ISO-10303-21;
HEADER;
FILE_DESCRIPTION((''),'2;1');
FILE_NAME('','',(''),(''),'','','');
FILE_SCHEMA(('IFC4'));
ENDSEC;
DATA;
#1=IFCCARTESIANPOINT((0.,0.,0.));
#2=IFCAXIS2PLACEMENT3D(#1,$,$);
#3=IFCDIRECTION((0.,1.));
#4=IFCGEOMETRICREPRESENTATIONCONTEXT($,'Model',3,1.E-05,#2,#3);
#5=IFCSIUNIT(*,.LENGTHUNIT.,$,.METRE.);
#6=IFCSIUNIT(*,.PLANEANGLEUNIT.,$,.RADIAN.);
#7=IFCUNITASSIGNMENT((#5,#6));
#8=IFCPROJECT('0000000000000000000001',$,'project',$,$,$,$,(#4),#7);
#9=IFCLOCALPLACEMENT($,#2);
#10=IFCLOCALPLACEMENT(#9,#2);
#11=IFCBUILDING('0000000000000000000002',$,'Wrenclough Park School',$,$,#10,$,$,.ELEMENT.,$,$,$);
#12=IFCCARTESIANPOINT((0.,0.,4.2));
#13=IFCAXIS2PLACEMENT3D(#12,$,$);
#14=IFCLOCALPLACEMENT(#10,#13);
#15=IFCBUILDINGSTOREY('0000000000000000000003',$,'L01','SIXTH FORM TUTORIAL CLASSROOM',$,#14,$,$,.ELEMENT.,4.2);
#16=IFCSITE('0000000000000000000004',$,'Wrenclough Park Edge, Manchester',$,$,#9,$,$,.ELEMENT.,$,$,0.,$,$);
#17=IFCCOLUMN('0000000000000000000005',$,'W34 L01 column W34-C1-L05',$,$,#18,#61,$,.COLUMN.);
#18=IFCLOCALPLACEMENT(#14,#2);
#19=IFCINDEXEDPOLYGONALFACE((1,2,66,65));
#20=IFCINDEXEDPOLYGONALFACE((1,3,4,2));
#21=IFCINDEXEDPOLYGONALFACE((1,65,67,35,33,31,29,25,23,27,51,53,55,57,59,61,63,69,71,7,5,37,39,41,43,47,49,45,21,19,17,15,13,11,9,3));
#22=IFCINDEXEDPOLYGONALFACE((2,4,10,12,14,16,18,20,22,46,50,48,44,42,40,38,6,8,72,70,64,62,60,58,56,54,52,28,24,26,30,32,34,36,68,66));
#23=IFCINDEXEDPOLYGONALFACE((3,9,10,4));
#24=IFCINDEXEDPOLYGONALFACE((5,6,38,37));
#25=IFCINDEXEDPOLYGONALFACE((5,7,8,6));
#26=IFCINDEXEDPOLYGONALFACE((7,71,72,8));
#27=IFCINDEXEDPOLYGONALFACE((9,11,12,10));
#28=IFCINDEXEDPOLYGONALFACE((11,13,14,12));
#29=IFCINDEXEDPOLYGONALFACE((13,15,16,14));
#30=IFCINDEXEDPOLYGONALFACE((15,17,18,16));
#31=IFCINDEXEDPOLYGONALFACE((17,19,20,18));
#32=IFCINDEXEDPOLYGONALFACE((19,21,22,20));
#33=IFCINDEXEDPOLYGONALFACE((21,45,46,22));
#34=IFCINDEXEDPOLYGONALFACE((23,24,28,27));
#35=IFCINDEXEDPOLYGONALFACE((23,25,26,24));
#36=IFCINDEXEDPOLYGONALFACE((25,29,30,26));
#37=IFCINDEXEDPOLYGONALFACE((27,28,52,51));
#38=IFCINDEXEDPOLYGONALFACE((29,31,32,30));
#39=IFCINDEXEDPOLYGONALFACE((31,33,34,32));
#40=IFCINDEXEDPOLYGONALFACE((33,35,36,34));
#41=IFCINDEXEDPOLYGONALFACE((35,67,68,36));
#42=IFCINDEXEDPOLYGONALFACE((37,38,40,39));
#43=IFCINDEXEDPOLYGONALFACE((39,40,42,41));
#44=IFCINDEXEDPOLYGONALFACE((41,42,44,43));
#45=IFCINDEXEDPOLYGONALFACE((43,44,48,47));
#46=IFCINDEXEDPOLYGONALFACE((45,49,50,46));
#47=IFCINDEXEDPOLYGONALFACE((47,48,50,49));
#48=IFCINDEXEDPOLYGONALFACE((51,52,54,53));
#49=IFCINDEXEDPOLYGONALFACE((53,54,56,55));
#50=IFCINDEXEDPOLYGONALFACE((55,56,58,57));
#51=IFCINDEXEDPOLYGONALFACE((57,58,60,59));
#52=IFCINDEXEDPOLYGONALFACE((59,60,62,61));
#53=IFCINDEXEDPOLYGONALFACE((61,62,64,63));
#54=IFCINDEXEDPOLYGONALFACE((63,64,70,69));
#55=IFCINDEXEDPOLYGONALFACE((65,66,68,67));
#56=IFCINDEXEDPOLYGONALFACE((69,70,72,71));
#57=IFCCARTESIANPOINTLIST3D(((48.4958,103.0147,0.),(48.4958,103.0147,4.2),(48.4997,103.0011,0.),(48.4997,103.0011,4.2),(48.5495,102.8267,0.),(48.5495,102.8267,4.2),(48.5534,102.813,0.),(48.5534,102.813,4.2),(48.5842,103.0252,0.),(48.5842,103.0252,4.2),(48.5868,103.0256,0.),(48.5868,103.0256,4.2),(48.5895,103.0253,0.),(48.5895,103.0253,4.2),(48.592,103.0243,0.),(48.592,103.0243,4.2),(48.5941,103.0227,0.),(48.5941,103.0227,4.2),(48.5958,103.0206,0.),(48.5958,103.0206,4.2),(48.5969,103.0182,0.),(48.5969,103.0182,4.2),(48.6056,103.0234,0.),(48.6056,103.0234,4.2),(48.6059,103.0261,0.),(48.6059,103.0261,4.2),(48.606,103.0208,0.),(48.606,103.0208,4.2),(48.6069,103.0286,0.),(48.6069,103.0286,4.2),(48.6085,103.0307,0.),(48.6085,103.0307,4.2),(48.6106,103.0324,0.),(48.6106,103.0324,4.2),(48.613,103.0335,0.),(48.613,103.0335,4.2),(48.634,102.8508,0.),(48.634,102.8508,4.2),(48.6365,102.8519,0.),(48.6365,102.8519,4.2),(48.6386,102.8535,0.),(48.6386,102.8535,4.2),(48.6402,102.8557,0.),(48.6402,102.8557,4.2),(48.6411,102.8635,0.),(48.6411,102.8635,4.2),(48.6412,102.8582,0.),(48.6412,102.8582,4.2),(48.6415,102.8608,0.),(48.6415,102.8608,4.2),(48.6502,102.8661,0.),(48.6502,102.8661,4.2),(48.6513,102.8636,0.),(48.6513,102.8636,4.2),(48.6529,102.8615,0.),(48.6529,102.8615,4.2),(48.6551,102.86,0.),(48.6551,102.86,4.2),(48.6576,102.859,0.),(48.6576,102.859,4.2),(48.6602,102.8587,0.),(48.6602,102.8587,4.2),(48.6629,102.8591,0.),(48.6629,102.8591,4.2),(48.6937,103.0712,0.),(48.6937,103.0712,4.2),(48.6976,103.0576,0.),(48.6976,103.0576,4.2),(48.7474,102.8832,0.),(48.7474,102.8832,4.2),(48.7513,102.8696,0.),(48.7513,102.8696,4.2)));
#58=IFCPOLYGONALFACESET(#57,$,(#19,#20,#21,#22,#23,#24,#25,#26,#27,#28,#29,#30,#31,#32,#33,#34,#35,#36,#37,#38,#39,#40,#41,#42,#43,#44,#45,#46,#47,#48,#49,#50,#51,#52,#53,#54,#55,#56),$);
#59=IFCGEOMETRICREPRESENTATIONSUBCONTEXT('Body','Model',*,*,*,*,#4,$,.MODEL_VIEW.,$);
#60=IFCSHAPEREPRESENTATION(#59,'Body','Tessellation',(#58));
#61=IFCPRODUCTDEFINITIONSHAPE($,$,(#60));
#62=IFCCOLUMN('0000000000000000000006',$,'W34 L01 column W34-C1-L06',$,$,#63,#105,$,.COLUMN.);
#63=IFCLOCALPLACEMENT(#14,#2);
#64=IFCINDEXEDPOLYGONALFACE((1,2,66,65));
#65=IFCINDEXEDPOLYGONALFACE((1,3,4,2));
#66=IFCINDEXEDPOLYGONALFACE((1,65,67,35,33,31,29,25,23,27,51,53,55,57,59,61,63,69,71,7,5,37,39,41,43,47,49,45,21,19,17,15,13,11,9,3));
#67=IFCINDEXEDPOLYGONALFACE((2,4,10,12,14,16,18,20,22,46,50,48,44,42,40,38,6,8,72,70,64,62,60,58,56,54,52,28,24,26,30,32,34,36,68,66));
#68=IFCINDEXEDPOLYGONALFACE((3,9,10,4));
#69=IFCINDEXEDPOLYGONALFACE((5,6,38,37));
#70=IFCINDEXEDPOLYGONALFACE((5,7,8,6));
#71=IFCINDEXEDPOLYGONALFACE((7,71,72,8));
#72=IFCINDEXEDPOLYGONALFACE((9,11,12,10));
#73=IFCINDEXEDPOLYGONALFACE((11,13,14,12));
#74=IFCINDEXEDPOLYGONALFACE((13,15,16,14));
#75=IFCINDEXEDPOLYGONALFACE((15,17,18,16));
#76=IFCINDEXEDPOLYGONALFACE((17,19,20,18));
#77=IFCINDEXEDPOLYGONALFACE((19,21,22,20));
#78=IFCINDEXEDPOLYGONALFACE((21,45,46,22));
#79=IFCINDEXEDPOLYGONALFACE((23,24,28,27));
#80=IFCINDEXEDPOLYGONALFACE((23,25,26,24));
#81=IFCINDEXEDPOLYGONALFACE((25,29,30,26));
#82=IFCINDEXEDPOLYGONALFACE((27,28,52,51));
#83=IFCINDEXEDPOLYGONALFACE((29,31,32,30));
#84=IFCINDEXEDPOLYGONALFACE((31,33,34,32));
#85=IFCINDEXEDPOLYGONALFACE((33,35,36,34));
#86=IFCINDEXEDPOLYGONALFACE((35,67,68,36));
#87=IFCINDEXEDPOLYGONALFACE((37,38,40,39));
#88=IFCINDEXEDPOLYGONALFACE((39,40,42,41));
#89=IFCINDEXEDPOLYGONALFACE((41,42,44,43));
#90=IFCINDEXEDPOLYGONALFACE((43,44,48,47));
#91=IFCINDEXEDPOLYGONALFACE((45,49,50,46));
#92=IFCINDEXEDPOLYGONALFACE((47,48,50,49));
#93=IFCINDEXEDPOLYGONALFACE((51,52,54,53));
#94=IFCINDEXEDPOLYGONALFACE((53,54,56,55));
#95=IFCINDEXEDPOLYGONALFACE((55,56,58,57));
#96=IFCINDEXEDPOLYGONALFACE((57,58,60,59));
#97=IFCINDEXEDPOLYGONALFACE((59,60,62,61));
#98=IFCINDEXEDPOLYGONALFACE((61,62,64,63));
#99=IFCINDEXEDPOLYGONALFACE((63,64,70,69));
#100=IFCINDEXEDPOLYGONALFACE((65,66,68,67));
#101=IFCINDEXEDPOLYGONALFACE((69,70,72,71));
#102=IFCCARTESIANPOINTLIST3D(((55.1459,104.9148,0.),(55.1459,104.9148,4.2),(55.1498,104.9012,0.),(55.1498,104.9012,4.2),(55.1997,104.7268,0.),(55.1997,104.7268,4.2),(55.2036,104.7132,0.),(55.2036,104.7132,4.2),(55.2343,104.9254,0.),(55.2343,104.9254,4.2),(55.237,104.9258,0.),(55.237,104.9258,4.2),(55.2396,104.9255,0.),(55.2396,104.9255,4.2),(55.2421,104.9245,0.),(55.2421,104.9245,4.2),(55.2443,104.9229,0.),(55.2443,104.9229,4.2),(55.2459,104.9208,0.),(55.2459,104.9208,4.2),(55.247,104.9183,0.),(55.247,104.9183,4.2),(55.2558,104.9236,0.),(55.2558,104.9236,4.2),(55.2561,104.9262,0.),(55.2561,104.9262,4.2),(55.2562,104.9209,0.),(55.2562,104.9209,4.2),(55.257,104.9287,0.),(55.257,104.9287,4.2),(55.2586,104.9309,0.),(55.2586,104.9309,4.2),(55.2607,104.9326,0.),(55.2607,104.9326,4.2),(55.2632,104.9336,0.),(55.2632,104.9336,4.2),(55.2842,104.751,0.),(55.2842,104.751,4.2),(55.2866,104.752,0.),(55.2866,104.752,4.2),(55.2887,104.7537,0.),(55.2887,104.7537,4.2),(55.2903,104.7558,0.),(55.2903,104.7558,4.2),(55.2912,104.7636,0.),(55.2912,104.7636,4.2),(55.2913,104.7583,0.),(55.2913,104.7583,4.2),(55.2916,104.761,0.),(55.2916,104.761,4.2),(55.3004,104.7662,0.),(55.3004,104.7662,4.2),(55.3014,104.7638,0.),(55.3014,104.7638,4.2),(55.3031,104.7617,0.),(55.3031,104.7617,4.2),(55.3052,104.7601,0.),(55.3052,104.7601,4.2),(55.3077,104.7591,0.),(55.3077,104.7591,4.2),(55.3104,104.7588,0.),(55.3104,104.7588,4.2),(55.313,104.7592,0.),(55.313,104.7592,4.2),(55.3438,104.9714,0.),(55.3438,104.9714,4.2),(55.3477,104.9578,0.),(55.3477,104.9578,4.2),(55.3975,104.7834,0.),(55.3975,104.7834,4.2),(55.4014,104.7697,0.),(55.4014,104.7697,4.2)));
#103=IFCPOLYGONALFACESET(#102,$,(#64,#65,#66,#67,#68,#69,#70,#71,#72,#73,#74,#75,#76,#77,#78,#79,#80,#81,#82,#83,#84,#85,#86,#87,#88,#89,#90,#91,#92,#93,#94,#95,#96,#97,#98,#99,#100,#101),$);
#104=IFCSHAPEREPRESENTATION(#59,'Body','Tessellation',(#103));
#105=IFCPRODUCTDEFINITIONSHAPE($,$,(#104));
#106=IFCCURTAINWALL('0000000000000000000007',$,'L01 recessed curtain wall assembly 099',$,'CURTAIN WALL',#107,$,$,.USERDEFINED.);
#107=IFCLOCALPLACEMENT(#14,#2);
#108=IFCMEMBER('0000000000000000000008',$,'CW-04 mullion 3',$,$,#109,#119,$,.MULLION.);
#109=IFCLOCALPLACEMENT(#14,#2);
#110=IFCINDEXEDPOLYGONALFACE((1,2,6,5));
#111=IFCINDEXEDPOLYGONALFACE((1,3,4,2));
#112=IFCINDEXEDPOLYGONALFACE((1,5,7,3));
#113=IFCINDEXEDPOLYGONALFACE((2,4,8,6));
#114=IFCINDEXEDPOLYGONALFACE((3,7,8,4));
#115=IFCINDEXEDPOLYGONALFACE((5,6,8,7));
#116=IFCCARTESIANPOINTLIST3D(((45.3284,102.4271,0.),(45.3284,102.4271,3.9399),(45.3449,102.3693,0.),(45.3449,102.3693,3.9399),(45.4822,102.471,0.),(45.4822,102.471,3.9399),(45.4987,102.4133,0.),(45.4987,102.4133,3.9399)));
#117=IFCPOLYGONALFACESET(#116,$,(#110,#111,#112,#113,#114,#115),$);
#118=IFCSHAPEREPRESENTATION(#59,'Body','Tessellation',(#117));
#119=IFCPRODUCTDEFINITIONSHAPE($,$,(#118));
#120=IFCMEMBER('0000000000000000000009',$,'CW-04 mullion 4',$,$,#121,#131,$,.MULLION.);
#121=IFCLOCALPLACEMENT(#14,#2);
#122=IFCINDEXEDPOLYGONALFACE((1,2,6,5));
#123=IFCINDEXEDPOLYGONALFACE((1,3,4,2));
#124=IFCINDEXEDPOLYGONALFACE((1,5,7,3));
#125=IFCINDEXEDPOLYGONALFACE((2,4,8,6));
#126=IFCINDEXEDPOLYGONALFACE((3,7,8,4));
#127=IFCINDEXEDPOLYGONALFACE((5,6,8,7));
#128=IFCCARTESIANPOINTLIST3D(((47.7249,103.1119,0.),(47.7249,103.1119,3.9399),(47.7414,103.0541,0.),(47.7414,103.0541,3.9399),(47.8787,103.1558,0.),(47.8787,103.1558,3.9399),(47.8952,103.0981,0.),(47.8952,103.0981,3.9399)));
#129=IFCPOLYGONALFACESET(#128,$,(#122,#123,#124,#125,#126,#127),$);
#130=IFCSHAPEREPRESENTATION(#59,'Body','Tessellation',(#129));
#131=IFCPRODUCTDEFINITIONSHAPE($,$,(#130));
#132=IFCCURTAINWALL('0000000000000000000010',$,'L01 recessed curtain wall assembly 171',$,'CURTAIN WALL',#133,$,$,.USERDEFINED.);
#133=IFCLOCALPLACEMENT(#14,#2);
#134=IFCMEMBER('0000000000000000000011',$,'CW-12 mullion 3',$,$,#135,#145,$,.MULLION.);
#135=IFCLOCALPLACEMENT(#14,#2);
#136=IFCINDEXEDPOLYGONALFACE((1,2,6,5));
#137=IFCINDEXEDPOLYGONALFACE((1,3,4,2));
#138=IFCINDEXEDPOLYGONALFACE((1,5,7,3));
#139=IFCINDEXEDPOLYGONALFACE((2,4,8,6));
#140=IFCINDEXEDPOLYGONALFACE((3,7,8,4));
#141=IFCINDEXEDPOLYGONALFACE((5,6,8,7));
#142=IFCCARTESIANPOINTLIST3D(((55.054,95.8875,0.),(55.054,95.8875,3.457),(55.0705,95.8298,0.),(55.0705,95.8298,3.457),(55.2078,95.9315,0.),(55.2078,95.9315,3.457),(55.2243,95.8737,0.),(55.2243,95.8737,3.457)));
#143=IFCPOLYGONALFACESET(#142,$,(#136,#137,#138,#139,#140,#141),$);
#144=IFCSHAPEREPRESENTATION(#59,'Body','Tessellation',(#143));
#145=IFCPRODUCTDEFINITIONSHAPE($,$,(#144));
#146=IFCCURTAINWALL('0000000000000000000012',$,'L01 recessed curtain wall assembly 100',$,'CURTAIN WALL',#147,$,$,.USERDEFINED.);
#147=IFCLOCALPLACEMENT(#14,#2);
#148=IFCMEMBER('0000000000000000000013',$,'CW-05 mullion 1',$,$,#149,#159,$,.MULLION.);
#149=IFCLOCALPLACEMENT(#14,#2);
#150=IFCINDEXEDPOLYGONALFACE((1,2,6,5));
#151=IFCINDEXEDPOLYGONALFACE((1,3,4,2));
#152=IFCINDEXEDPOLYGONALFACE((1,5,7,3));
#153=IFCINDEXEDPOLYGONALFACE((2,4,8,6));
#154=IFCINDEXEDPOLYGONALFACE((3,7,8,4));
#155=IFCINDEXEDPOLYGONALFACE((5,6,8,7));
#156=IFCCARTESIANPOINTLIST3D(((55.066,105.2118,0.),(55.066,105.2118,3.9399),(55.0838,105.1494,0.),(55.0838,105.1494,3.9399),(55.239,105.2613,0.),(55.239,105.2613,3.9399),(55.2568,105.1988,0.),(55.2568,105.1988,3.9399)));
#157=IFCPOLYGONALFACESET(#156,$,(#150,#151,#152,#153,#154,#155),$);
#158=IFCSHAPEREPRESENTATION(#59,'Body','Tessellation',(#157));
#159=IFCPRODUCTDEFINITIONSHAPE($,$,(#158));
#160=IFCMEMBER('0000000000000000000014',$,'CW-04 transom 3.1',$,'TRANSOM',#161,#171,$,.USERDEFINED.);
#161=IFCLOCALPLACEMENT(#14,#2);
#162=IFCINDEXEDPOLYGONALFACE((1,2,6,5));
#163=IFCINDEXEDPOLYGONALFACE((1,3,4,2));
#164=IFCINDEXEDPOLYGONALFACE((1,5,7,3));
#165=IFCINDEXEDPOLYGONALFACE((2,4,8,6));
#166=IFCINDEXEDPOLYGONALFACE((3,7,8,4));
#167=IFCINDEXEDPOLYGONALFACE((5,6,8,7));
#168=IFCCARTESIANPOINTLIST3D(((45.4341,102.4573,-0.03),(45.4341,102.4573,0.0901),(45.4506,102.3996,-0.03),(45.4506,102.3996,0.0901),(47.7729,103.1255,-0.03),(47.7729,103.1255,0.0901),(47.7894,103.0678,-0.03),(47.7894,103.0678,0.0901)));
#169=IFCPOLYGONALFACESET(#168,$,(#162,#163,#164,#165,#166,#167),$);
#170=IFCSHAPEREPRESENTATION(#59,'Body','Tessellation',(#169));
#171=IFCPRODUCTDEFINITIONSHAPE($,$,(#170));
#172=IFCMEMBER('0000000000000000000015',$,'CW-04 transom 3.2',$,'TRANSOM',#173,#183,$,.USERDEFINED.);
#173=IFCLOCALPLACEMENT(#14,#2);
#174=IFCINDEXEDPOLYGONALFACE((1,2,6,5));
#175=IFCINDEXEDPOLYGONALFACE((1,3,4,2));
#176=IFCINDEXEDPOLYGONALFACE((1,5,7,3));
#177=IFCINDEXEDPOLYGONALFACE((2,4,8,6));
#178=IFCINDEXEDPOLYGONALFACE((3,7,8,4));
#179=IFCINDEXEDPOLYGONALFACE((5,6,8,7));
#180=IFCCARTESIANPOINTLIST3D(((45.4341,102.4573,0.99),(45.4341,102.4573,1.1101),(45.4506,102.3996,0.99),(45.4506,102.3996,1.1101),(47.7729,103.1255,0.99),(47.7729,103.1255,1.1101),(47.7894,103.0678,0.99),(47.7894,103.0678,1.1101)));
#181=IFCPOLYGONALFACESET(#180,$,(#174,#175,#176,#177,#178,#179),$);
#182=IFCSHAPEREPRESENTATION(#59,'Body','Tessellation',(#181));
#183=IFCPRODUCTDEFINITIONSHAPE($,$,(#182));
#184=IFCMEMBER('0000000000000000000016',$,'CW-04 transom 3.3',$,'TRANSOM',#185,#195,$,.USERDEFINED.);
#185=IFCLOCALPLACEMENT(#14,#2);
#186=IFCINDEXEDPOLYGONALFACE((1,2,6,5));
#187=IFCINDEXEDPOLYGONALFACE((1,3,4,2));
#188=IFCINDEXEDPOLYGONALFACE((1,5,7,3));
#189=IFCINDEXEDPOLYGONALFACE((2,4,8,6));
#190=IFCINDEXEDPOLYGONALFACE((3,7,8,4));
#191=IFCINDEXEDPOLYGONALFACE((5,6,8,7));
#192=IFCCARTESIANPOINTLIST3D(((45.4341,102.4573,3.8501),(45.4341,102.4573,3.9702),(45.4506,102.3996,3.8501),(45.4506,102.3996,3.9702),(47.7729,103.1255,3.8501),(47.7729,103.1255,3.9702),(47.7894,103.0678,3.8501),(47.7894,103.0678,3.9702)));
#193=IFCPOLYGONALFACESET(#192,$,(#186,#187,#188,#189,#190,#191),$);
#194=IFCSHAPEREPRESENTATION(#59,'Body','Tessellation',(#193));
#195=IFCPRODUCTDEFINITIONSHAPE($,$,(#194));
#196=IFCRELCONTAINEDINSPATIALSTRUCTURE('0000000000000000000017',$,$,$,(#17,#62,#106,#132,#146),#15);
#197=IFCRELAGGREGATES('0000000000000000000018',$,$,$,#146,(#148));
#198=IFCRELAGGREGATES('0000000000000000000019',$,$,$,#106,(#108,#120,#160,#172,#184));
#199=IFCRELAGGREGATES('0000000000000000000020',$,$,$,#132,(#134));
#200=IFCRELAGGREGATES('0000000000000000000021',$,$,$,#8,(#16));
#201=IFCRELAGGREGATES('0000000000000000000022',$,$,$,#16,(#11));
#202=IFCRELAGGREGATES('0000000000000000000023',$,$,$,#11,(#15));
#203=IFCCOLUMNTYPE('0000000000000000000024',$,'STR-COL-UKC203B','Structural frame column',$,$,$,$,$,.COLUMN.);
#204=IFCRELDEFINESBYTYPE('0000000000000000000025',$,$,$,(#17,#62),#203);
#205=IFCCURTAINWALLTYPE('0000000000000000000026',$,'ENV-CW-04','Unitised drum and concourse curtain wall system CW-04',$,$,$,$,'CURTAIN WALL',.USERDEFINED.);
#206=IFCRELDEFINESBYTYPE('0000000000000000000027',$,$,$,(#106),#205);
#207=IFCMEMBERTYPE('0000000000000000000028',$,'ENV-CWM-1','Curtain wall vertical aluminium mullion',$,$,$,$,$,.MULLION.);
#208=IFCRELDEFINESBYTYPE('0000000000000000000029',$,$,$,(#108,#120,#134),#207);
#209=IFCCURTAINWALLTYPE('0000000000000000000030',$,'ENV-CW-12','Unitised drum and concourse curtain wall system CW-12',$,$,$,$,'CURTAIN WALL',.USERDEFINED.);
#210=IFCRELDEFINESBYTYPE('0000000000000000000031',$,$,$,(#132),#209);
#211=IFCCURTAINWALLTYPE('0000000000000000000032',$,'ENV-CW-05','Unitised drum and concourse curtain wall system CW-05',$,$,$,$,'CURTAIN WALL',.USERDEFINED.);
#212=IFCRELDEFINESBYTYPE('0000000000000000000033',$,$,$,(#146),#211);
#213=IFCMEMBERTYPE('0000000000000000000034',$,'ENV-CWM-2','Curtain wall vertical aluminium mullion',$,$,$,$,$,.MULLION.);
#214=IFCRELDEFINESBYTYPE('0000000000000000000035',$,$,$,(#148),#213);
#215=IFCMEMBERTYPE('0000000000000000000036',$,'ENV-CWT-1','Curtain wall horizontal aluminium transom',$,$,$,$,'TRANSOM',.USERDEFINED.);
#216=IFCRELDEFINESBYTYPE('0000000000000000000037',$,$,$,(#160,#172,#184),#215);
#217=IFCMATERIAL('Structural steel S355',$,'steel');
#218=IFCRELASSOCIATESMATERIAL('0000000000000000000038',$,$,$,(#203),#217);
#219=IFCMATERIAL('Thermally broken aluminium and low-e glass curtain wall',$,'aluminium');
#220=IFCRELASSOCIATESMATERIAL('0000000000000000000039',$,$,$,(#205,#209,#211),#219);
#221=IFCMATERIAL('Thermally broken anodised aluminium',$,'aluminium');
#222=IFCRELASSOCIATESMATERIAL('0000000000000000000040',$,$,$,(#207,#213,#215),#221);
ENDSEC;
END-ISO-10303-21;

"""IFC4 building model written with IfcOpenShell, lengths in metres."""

from ifc_helpers import new_model, si_unit, direction, frame, origin, origin_2d, place, context, subcontext, project, spatial, rectangle, i_section, extrude, material, material_profile, profile_set, type_object, element, aggregate, save


model = new_model("IFC4")

# Units and contexts
model_context = context("Model", 3, precision=1e-05, world=origin(), true_north=direction((0.0, 1.0)))
body_context = subcontext(model_context, "Body", "Model", "MODEL_VIEW")
ifc_project = project(units=[si_unit("LENGTHUNIT", "METRE"), si_unit("PLANEANGLEUNIT", "RADIAN")], contexts=[model_context])

# Site, building, storey
site_placement = place(None, origin())
site = spatial("IfcSite", under=ifc_project, at=site_placement, Name="Wrenclough Park Edge, Manchester", CompositionType="ELEMENT", RefElevation=0.0)
building_placement = place(site_placement, origin())
building = spatial("IfcBuilding", under=site, at=building_placement, Name="Wrenclough Park School", CompositionType="ELEMENT")
storey_placement = place(building_placement, frame((0.0, 0.0, 4.2)))
storey = spatial("IfcBuildingStorey", under=building, at=storey_placement, Name="L01", Description="SIXTH FORM TUTORIAL CLASSROOM", CompositionType="ELEMENT", Elevation=4.2)

# Columns
ifc_material_1 = material(Name="Structural steel S355", Category="steel")
ifc_material_profile_1 = material_profile(ifc_material_1, i_section(OverallWidth=0.2058, OverallDepth=0.2097, WebThickness=0.0095, FlangeThickness=0.0142, FilletRadius=0.0103, at=origin_2d()), Name="UKC 203x203x60")
ifc_profile_set_1 = profile_set([ifc_material_profile_1], Name="Structural steel S355")
column_type = type_object("IfcColumnType", Name="STR-COL-UKC203B", Description="Structural frame column", PredefinedType="COLUMN", material=ifc_profile_set_1)
for number, where, z_axis, x_axis, name in (
    (1, (48.6235, 102.9421, 0.0), (0.0, 0.0, 1.0), (0.961502, 0.274798, 0.0), "W34 L01 column W34-C1-L05"),
    (2, (55.2737, 104.8423, 0.0), (0.0, 0.0, 1.0), (0.961502, 0.274798, 0.0), "W34 L01 column W34-C1-L06"),
):
    element("IfcColumn", number, at=place(storey_placement, frame(where, z_axis=z_axis, x_axis=x_axis)), inside=storey, type_object=column_type, Name=name, PredefinedType="COLUMN", context=body_context, shape_type="SweptSolid", body=[
        extrude(i_section(OverallWidth=0.2058, OverallDepth=0.2097, WebThickness=0.0095, FlangeThickness=0.0142, FilletRadius=0.0103, at=origin_2d()), origin(), (0.0, 0.0, 1.0), 4.2),
    ])

# Curtain wall, members
ifc_material_2 = material(Name="Thermally broken aluminium and low-e glass curtain wall", Category="aluminium")
curtain_wall_type_1 = type_object("IfcCurtainWallType", Name="ENV-CW-04", Description="Unitised drum and concourse curtain wall system CW-04", ElementType="CURTAIN WALL", PredefinedType="USERDEFINED", material=ifc_material_2)
curtain_wall_1_placement = place(storey_placement, origin())
curtain_wall_1 = element("IfcCurtainWall", 3, at=curtain_wall_1_placement, inside=storey, type_object=curtain_wall_type_1, Name="L01 recessed curtain wall assembly 099", ObjectType="CURTAIN WALL", PredefinedType="USERDEFINED")
ifc_material_3 = material(Name="Thermally broken anodised aluminium", Category="aluminium")
ifc_material_profile_2 = material_profile(ifc_material_3, rectangle(XDim=0.0601, YDim=0.1599, at=origin_2d()), Name="AL MULLION 60x160")
ifc_profile_set_2 = profile_set([ifc_material_profile_2], Name="Thermally broken anodised aluminium")
member_type_1 = type_object("IfcMemberType", Name="ENV-CWM-1", Description="Curtain wall vertical aluminium mullion", PredefinedType="MULLION", material=ifc_profile_set_2)
member_1_placement = place(storey_placement, frame((45.4136, 102.4202, 0.0), z_axis=(0.0, 0.0, 1.0), x_axis=(-0.274711, 0.961527, 0.0)))
member_1 = element("IfcMember", 4, at=member_1_placement, type_object=member_type_1, Name="CW-04 mullion 3", PredefinedType="MULLION", context=body_context, shape_type="SweptSolid", body=[
    extrude(rectangle(XDim=0.0601, YDim=0.1599, at=origin_2d()), origin(), (0.0, 0.0, 1.0), 3.9399),
])
member_2_placement = place(storey_placement, frame((47.8101, 103.105, 0.0), z_axis=(0.0, 0.0, 1.0), x_axis=(-0.274711, 0.961527, 0.0)))
member_2 = element("IfcMember", 5, at=member_2_placement, type_object=member_type_1, Name="CW-04 mullion 4", PredefinedType="MULLION", context=body_context, shape_type="SweptSolid", body=[
    extrude(rectangle(XDim=0.0601, YDim=0.1599, at=origin_2d()), origin(), (0.0, 0.0, 1.0), 3.9399),
])

# Curtain walls, members
curtain_wall_type_2 = type_object("IfcCurtainWallType", Name="ENV-CW-12", Description="Unitised drum and concourse curtain wall system CW-12", ElementType="CURTAIN WALL", PredefinedType="USERDEFINED", material=ifc_material_2)
curtain_wall_2_placement = place(storey_placement, origin())
curtain_wall_2 = element("IfcCurtainWall", 6, at=curtain_wall_2_placement, inside=storey, type_object=curtain_wall_type_2, Name="L01 recessed curtain wall assembly 171", ObjectType="CURTAIN WALL", PredefinedType="USERDEFINED")
member_3_placement = place(storey_placement, frame((55.1392, 95.8806, 0.0), z_axis=(0.0, 0.0, 1.0), x_axis=(0.274723, -0.961523, 0.0)))
member_3 = element("IfcMember", 7, at=member_3_placement, type_object=member_type_1, Name="CW-12 mullion 3", PredefinedType="MULLION", context=body_context, shape_type="SweptSolid", body=[
    extrude(rectangle(XDim=0.0601, YDim=0.1599, at=origin_2d()), origin(), (0.0, 0.0, 1.0), 3.457),
])
curtain_wall_type_3 = type_object("IfcCurtainWallType", Name="ENV-CW-05", Description="Unitised drum and concourse curtain wall system CW-05", ElementType="CURTAIN WALL", PredefinedType="USERDEFINED", material=ifc_material_2)
curtain_wall_3_placement = place(storey_placement, origin())
curtain_wall_3 = element("IfcCurtainWall", 8, at=curtain_wall_3_placement, inside=storey, type_object=curtain_wall_type_3, Name="L01 recessed curtain wall assembly 100", ObjectType="CURTAIN WALL", PredefinedType="USERDEFINED")
ifc_material_profile_3 = material_profile(ifc_material_3, rectangle(XDim=0.0649, YDim=0.1799, at=origin_2d()), Name="AL MULLION 65x180")
ifc_profile_set_3 = profile_set([ifc_material_profile_3], Name="Thermally broken anodised aluminium")
member_type_2 = type_object("IfcMemberType", Name="ENV-CWM-2", Description="Curtain wall vertical aluminium mullion", PredefinedType="MULLION", material=ifc_profile_set_3)
member_4_placement = place(storey_placement, frame((55.1614, 105.2053, 0.0), z_axis=(0.0, 0.0, 1.0), x_axis=(-0.274726, 0.961522, 0.0)))
member_4 = element("IfcMember", 9, at=member_4_placement, type_object=member_type_2, Name="CW-05 mullion 1", PredefinedType="MULLION", context=body_context, shape_type="SweptSolid", body=[
    extrude(rectangle(XDim=0.0649, YDim=0.1799, at=origin_2d()), origin(), (0.0, 0.0, 1.0), 3.9399),
])

# Members
ifc_material_profile_4 = material_profile(ifc_material_3, rectangle(XDim=0.0601, YDim=0.1201, at=origin_2d()), Name="AL TRANSOM 60x120")
ifc_profile_set_4 = profile_set([ifc_material_profile_4], Name="Thermally broken anodised aluminium")
member_type_3 = type_object("IfcMemberType", Name="ENV-CWT-1", Description="Curtain wall horizontal aluminium transom", ElementType="TRANSOM", PredefinedType="USERDEFINED", material=ifc_profile_set_4)
member_5_placement = place(storey_placement, frame((45.4424, 102.4285, 0.03), z_axis=(0.961528, 0.274708, 0.0), x_axis=(-0.274708, 0.961528, 0.0)))
member_5 = element("IfcMember", 10, at=member_5_placement, type_object=member_type_3, Name="CW-04 transom 3.1", ObjectType="TRANSOM", PredefinedType="USERDEFINED", context=body_context, shape_type="SweptSolid", body=[
    extrude(rectangle(XDim=0.0601, YDim=0.1201, at=origin_2d()), origin(), (0.0, 0.0, 1.0), 2.4324),
])
member_6_placement = place(storey_placement, frame((45.4424, 102.4285, 1.05), z_axis=(0.961528, 0.274708, 0.0), x_axis=(-0.274708, 0.961528, 0.0)))
member_6 = element("IfcMember", 11, at=member_6_placement, type_object=member_type_3, Name="CW-04 transom 3.2", ObjectType="TRANSOM", PredefinedType="USERDEFINED", context=body_context, shape_type="SweptSolid", body=[
    extrude(rectangle(XDim=0.0601, YDim=0.1201, at=origin_2d()), origin(), (0.0, 0.0, 1.0), 2.4324),
])
member_7_placement = place(storey_placement, frame((45.4424, 102.4285, 3.9102), z_axis=(0.961528, 0.274708, 0.0), x_axis=(-0.274708, 0.961528, 0.0)))
member_7 = element("IfcMember", 12, at=member_7_placement, type_object=member_type_3, Name="CW-04 transom 3.3", ObjectType="TRANSOM", PredefinedType="USERDEFINED", context=body_context, shape_type="SweptSolid", body=[
    extrude(rectangle(XDim=0.0601, YDim=0.1201, at=origin_2d()), origin(), (0.0, 0.0, 1.0), 2.4324),
])

aggregate(curtain_wall_3, [member_4])
aggregate(curtain_wall_1, [member_1, member_2, member_5, member_6, member_7])
aggregate(curtain_wall_2, [member_3])

save(model, "model.ifc")
